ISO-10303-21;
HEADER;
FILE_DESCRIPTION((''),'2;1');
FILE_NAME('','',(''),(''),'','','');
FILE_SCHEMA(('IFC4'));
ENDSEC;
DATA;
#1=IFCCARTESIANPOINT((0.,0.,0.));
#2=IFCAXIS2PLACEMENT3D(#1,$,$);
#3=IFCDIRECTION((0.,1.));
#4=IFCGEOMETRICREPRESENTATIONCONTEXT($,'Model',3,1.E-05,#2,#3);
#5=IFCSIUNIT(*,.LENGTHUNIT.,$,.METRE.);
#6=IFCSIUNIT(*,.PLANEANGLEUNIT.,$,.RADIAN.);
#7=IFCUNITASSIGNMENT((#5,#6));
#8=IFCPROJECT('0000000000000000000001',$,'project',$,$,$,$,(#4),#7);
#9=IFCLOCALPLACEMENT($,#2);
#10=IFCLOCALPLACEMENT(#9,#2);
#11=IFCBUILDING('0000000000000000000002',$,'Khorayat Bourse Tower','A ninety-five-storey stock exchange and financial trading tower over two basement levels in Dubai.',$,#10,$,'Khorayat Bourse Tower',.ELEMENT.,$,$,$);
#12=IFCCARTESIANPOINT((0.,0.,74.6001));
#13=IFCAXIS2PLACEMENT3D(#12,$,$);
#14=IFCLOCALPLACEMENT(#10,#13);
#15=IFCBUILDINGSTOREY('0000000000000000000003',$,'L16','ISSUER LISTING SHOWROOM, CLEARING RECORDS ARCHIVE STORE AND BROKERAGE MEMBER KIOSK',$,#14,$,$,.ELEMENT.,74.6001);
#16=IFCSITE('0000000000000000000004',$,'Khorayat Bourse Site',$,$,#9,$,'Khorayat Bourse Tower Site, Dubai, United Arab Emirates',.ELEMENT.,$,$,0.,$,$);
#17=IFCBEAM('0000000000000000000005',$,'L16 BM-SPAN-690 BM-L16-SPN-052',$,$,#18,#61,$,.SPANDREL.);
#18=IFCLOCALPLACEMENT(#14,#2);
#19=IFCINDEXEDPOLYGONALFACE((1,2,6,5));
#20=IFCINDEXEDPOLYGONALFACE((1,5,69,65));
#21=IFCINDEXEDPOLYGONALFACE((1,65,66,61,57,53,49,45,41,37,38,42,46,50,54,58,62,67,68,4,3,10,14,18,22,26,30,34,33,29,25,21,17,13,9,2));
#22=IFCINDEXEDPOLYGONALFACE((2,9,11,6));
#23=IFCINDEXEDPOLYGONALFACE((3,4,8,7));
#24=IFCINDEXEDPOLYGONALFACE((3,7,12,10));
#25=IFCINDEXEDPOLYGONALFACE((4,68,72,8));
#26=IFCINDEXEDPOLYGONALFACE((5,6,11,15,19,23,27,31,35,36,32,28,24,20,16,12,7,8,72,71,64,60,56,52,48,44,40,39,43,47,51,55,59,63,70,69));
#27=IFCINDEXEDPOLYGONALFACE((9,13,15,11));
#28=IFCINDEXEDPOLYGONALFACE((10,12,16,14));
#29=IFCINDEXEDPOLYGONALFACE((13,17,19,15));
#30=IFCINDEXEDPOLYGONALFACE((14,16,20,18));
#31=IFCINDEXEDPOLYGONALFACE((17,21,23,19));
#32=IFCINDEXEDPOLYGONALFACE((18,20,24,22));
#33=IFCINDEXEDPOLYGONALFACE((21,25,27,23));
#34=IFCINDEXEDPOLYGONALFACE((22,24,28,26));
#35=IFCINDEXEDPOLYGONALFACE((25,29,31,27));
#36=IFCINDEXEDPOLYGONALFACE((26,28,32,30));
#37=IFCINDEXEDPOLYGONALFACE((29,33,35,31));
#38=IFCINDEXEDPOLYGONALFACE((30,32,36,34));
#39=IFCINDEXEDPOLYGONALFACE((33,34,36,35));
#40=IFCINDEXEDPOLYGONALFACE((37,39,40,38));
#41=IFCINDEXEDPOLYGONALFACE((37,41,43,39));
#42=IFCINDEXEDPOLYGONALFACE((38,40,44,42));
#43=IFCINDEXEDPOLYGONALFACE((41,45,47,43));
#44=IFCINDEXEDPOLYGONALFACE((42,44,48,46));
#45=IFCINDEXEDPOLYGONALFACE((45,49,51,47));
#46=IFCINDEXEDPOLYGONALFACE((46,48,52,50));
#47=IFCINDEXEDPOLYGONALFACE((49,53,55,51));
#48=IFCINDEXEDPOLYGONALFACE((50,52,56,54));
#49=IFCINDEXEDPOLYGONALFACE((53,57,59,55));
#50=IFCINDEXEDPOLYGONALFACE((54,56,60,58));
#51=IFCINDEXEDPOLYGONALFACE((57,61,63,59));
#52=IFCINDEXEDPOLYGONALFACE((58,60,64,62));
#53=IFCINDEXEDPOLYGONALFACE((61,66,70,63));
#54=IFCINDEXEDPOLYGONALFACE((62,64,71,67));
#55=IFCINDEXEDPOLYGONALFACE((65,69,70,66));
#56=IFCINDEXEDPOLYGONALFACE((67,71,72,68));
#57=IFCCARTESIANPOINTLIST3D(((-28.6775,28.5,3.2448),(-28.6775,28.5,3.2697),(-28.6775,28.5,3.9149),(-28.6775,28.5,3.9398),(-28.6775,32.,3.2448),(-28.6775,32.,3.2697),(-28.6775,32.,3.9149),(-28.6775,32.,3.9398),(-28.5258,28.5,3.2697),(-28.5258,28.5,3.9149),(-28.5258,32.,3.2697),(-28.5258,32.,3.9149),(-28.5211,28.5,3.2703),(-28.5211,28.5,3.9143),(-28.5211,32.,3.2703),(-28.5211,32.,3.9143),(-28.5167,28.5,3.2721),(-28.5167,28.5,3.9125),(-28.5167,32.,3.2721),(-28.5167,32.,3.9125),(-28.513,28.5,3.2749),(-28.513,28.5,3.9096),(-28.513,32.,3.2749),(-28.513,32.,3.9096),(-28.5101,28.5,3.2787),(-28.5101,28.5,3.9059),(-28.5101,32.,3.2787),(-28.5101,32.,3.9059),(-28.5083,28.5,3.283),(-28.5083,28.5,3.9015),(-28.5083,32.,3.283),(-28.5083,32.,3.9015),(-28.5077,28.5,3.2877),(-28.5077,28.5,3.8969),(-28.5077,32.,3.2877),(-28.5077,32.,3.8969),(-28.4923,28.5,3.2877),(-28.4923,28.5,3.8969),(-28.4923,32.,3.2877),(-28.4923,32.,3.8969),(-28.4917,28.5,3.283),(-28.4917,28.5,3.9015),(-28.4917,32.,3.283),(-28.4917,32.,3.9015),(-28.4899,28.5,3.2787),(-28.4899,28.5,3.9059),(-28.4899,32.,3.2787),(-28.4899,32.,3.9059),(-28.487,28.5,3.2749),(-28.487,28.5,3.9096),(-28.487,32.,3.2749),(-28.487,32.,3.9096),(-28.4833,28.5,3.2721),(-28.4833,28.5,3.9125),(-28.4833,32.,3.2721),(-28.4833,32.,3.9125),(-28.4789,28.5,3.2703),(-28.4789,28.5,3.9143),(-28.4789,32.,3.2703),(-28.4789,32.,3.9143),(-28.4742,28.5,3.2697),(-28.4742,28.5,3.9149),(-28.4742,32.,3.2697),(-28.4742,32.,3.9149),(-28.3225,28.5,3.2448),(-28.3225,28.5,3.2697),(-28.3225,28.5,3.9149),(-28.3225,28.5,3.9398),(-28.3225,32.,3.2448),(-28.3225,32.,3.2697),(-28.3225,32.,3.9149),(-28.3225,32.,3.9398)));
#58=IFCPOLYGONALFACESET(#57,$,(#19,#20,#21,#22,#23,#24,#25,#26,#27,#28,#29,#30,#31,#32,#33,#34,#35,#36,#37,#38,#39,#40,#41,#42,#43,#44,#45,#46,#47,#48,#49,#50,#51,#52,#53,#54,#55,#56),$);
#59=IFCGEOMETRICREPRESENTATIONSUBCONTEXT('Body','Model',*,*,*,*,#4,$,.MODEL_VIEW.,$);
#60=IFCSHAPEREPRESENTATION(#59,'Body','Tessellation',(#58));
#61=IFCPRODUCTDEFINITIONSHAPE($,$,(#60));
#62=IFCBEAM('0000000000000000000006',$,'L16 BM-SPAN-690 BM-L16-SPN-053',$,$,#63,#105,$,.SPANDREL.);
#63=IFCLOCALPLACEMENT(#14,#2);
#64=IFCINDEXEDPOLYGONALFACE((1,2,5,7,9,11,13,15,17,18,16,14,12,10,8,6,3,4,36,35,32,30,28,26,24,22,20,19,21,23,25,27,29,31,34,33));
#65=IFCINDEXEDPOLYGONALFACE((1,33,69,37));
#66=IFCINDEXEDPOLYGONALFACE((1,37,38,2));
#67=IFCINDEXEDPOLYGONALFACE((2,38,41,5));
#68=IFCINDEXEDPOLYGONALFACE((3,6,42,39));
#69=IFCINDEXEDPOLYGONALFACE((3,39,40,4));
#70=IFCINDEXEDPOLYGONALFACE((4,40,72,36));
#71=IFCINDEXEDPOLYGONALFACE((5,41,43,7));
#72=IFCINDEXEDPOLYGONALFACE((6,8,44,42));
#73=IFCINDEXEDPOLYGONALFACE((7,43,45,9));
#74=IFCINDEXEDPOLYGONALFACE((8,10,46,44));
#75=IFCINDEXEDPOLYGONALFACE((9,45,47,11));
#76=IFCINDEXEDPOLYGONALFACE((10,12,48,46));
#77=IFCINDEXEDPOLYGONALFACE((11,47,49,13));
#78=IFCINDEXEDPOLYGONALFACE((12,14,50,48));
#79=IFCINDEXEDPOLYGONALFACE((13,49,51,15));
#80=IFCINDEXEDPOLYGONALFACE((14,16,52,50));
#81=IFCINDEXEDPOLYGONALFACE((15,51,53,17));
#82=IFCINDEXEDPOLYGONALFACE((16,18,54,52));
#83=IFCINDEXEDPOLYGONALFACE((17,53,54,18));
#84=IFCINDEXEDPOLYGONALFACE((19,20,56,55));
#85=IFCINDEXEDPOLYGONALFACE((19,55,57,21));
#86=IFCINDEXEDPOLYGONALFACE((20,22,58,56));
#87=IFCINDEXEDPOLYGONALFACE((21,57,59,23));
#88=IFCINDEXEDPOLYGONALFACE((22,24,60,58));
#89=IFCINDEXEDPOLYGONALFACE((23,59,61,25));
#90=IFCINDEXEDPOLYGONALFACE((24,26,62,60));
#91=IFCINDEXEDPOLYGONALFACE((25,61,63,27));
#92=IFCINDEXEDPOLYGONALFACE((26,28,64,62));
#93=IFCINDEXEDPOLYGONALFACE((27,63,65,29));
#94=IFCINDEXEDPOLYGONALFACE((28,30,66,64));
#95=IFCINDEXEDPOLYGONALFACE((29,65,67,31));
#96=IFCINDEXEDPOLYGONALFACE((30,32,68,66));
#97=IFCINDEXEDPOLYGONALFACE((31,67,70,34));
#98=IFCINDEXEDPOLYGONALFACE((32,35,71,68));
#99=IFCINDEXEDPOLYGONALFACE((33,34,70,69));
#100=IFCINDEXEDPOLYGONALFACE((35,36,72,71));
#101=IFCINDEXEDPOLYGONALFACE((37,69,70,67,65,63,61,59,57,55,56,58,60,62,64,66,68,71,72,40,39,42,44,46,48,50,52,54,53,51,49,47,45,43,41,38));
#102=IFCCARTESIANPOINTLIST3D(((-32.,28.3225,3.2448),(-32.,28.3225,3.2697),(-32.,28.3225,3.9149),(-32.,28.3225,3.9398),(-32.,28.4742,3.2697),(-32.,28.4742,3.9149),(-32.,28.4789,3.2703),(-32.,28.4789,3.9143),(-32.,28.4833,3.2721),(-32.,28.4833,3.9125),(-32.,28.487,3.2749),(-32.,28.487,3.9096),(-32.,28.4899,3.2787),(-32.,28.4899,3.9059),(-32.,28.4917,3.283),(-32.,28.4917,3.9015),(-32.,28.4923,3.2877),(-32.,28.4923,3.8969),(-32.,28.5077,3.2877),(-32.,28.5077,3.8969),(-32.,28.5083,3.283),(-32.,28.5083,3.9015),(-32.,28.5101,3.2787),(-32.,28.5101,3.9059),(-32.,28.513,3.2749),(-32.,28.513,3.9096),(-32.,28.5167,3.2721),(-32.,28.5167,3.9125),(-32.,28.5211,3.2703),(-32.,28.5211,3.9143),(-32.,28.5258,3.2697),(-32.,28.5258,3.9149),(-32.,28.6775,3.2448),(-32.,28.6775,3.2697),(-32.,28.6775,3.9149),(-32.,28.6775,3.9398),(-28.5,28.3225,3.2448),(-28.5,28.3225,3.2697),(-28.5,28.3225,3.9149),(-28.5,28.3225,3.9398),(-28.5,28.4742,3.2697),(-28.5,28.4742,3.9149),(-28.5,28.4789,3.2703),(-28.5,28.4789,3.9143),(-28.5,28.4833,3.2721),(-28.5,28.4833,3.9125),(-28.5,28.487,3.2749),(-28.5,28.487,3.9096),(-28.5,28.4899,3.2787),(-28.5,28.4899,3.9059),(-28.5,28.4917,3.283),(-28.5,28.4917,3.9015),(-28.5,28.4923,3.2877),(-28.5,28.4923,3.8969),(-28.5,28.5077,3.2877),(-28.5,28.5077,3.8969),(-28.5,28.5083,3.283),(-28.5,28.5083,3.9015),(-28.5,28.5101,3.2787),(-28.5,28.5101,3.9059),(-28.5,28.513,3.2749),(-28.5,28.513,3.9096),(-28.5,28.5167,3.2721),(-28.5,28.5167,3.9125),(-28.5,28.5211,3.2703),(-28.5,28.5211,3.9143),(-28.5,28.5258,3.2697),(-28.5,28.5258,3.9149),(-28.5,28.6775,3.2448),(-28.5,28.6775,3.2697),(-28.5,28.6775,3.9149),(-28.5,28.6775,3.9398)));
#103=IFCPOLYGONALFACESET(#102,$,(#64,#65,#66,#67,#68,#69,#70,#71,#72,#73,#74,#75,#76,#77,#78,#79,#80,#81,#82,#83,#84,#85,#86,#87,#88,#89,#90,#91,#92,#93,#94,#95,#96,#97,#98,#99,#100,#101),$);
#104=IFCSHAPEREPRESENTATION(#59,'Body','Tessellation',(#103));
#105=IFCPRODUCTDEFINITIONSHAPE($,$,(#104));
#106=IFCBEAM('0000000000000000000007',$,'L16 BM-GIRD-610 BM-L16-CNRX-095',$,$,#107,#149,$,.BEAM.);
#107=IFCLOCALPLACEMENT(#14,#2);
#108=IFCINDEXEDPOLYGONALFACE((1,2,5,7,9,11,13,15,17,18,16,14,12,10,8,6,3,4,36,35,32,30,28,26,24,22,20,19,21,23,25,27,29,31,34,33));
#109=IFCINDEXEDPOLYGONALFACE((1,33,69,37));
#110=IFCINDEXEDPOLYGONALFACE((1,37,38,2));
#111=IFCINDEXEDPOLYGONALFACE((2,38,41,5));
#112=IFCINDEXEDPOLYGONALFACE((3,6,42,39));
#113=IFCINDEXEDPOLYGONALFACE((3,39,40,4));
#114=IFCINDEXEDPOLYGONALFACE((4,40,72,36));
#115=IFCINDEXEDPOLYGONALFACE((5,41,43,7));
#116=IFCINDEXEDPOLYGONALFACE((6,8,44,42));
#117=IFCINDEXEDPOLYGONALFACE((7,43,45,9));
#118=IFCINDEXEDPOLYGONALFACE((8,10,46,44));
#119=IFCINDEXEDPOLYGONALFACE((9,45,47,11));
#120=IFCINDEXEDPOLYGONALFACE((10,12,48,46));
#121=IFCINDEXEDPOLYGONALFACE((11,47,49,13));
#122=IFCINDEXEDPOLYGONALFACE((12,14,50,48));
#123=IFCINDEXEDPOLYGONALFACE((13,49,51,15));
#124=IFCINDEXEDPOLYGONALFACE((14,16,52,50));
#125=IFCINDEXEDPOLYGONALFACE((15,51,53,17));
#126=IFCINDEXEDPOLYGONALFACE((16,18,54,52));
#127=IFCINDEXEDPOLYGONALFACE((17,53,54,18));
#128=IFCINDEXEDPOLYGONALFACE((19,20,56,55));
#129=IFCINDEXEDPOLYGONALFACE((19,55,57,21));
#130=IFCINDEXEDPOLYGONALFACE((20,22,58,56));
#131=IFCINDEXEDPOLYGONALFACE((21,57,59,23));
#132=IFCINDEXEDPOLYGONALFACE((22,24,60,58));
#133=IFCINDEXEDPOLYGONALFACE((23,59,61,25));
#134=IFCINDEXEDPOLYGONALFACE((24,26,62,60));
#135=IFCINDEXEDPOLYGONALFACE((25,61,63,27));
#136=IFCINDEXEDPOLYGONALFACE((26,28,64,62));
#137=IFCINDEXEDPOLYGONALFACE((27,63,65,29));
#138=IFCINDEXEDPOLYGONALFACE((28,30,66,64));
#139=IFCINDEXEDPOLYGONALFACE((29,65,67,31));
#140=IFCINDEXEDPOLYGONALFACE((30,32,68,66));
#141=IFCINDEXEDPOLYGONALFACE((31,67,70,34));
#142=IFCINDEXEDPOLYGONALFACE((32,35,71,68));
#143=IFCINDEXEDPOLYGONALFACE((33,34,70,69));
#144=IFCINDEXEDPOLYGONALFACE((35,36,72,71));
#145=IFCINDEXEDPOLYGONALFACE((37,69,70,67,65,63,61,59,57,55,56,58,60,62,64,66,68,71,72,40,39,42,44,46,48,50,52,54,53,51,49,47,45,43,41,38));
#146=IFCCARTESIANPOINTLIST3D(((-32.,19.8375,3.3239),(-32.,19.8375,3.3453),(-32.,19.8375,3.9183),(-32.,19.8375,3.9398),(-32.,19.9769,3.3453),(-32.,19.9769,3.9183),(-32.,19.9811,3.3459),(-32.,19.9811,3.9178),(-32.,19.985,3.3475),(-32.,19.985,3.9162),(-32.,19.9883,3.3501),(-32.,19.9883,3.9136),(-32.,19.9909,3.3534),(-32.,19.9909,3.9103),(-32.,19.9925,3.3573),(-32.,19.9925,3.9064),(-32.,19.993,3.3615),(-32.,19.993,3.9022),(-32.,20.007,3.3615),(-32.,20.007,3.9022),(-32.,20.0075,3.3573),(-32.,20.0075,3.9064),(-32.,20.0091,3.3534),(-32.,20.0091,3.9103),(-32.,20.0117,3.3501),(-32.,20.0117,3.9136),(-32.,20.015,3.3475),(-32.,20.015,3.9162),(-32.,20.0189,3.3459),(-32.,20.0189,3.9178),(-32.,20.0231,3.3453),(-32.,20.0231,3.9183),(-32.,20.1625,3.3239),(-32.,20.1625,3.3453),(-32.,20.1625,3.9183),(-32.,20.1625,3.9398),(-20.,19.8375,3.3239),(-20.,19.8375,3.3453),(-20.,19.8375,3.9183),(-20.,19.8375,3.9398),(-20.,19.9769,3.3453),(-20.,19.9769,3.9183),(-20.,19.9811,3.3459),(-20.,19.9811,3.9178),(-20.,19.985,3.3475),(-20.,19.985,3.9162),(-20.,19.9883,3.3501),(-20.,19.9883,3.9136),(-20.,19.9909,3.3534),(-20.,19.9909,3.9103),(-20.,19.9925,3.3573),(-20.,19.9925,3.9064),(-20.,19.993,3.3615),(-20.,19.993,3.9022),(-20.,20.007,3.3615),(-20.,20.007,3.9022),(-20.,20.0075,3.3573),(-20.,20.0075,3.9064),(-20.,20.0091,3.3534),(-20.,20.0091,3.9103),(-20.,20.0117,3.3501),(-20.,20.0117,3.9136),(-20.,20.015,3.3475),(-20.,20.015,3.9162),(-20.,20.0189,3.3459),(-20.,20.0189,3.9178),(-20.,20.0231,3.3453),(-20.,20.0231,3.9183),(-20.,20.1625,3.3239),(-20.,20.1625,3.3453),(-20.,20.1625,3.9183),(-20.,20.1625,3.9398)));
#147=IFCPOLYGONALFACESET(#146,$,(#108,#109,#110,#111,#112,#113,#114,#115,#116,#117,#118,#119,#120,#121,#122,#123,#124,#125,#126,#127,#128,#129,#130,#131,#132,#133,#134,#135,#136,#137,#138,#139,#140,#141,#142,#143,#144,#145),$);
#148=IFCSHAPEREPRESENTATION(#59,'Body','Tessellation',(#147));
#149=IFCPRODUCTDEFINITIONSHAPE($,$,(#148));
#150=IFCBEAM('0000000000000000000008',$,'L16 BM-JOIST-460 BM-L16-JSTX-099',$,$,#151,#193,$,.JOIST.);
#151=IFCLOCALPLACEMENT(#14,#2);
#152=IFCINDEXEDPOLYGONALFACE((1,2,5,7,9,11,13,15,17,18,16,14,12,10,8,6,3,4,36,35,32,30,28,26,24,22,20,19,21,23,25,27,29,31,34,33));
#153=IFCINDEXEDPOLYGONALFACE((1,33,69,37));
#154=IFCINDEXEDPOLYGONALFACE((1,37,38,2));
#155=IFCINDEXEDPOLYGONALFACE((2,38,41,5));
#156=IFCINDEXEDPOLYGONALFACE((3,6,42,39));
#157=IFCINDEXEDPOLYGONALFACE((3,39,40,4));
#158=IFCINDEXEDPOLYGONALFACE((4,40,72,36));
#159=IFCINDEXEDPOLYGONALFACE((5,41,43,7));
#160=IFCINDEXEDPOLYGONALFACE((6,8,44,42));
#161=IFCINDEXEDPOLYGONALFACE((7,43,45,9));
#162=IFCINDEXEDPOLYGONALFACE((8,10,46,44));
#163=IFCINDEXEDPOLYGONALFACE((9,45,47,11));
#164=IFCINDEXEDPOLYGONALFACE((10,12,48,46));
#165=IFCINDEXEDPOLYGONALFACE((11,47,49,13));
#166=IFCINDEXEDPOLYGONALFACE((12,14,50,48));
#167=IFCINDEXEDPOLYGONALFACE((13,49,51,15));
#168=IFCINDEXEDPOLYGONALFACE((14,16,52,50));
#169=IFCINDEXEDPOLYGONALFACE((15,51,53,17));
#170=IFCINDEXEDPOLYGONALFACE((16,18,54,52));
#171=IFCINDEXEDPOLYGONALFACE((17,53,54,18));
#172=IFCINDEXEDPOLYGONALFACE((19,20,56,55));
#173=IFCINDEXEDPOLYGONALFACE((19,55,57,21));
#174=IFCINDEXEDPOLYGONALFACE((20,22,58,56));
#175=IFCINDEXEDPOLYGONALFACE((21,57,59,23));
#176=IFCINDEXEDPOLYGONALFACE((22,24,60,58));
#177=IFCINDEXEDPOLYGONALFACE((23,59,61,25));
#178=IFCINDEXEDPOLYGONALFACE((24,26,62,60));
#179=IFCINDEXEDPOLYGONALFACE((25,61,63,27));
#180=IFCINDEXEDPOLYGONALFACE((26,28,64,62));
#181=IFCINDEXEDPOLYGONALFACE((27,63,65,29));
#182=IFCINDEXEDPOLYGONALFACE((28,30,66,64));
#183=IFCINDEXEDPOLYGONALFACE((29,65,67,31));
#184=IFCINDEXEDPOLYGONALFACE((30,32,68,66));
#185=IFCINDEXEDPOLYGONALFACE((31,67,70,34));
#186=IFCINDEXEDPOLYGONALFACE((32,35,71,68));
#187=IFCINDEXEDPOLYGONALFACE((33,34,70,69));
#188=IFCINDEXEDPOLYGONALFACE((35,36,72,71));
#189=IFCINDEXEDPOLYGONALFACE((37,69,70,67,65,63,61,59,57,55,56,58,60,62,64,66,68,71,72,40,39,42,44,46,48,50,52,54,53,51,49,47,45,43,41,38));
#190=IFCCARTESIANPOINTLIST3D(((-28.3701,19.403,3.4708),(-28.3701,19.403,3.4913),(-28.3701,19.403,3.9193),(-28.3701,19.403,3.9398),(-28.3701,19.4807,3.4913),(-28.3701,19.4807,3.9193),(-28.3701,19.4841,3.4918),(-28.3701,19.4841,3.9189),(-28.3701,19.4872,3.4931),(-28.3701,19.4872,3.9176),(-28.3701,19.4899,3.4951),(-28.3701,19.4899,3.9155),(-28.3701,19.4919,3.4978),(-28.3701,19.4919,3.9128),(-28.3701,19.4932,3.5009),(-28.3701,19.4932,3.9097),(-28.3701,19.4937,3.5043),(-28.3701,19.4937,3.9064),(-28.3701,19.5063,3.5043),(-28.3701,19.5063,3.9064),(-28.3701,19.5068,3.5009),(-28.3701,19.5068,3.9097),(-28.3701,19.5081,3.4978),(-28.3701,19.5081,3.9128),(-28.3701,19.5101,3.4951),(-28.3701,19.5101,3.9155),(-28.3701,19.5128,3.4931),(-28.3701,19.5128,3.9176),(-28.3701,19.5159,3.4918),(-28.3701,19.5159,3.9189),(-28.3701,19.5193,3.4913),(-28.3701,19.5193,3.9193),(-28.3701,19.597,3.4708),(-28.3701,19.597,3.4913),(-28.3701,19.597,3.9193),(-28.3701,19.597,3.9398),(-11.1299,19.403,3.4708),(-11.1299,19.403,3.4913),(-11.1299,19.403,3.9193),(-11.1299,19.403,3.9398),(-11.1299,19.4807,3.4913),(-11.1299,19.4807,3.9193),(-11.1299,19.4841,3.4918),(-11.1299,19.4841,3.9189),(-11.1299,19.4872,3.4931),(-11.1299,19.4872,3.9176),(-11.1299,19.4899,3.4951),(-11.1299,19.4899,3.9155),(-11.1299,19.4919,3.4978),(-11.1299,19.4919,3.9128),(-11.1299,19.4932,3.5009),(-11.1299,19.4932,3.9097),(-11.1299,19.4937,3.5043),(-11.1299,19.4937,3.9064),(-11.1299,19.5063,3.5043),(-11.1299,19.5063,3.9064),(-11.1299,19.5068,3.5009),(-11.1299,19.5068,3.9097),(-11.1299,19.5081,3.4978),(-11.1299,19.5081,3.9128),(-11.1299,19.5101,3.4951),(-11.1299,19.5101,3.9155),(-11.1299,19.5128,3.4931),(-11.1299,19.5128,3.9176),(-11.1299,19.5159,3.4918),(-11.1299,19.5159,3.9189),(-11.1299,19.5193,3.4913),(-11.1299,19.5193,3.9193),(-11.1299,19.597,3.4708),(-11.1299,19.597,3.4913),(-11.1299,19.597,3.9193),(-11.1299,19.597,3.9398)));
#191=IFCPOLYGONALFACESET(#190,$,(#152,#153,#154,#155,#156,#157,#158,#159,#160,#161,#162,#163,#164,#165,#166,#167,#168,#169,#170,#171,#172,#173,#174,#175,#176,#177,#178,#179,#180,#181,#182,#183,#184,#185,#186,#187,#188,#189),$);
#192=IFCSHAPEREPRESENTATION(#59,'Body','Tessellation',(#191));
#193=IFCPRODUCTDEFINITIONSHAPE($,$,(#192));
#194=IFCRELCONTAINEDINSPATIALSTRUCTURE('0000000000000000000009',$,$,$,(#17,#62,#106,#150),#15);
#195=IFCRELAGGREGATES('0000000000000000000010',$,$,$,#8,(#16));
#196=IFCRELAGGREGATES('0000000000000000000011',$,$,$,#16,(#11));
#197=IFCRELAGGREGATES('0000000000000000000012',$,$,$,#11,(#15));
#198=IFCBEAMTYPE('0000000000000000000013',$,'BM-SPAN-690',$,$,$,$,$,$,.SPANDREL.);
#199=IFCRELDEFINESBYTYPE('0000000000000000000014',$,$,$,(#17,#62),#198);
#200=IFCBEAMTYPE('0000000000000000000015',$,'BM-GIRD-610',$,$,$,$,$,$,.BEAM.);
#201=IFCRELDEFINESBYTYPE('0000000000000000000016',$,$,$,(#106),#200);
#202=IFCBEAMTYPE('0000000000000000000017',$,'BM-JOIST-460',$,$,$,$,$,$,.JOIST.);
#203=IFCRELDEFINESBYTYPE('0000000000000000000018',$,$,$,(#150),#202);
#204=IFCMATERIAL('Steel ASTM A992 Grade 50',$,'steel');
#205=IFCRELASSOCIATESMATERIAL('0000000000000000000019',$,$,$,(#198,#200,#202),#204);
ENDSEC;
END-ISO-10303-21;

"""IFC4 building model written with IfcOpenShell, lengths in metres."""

from ifc_helpers import new_model, si_unit, direction, frame, origin, origin_2d, place, context, subcontext, project, spatial, i_section, extrude, source, transform, mapped, material, material_profile, profile_set, type_object, element, save


model = new_model("IFC4")

# Units and contexts
model_context = context("Model", 3, precision=1e-05, world=origin(), true_north=direction((0.0, 1.0)))
body_context = subcontext(model_context, "Body", "Model", "MODEL_VIEW")
ifc_project = project(units=[si_unit("LENGTHUNIT", "METRE"), si_unit("PLANEANGLEUNIT", "RADIAN")], contexts=[model_context])

# Site, building, storey
site_placement = place(None, origin())
site = spatial("IfcSite", under=ifc_project, at=site_placement, Name="Khorayat Bourse Site", LongName="Khorayat Bourse Tower Site, Dubai, United Arab Emirates", CompositionType="ELEMENT", RefElevation=0.0)
building_placement = place(site_placement, origin())
building = spatial("IfcBuilding", under=site, at=building_placement, Name="Khorayat Bourse Tower", Description="A ninety-five-storey stock exchange and financial trading tower over two basement levels in Dubai.", LongName="Khorayat Bourse Tower", CompositionType="ELEMENT")
storey_placement = place(building_placement, frame((0.0, 0.0, 74.6001)))
storey = spatial("IfcBuildingStorey", under=building, at=storey_placement, Name="L16", Description="ISSUER LISTING SHOWROOM, CLEARING RECORDS ARCHIVE STORE AND BROKERAGE MEMBER KIOSK", CompositionType="ELEMENT", Elevation=74.6001)

# Beams
ifc_material_1 = material(Name="Steel ASTM A992 Grade 50", Category="steel")
ifc_material_profile_1 = material_profile(ifc_material_1, i_section(OverallWidth=0.355, OverallDepth=0.6951, WebThickness=0.0154, FlangeThickness=0.0249, FilletRadius=0.0181, at=origin_2d()), Name="W690X217")
ifc_profile_set_1 = profile_set([ifc_material_profile_1], Name="Steel ASTM A992 Grade 50")
beam_type_1 = type_object("IfcBeamType", Name="BM-SPAN-690", PredefinedType="SPANDREL", material=ifc_profile_set_1)
shared_shape_1 = source(origin(), body_context, "Body", "SweptSolid", [
    extrude(i_section(OverallWidth=0.355, OverallDepth=0.6951, WebThickness=0.0154, FlangeThickness=0.0249, FilletRadius=0.0181, at=origin_2d()), origin(), (0.0, 0.0, 1.0), 3.5),
])
for number, where, z_axis, x_axis, name in (
    (1, (-28.5, 28.5, 3.5923), (0.0, 1.0, 0.0), (-1.0, 0.0, 0.0), "L16 BM-SPAN-690 BM-L16-SPN-052"),
    (2, (-32.0, 28.5, 3.5923), (1.0, 0.0, 0.0), (0.0, 1.0, 0.0), "L16 BM-SPAN-690 BM-L16-SPN-053"),
):
    element("IfcBeam", number, at=place(storey_placement, frame(where, z_axis=z_axis, x_axis=x_axis)), inside=storey, type_object=beam_type_1, Name=name, PredefinedType="SPANDREL", context=body_context, shape_type="MappedRepresentation", body=[
        mapped(shared_shape_1, transform((0.0, 0.0, 0.0), scale=1.0)),
    ])
ifc_material_profile_2 = material_profile(ifc_material_1, i_section(OverallWidth=0.325, OverallDepth=0.616, WebThickness=0.0139, FlangeThickness=0.0215, FilletRadius=0.0161, at=origin_2d()), Name="W610X174")
ifc_profile_set_2 = profile_set([ifc_material_profile_2], Name="Steel ASTM A992 Grade 50")
beam_type_2 = type_object("IfcBeamType", Name="BM-GIRD-610", PredefinedType="BEAM", material=ifc_profile_set_2)
shared_shape_2 = source(origin(), body_context, "Body", "SweptSolid", [
    extrude(i_section(OverallWidth=0.325, OverallDepth=0.616, WebThickness=0.0139, FlangeThickness=0.0215, FilletRadius=0.0161, at=origin_2d()), origin(), (0.0, 0.0, 1.0), 12.0),
])
beam_1_placement = place(storey_placement, frame((-32.0, 20.0, 3.6318), z_axis=(1.0, 0.0, 0.0), x_axis=(0.0, 1.0, 0.0)))
element("IfcBeam", 3, at=beam_1_placement, inside=storey, type_object=beam_type_2, Name="L16 BM-GIRD-610 BM-L16-CNRX-095", PredefinedType="BEAM", context=body_context, shape_type="MappedRepresentation", body=[
    mapped(shared_shape_2, transform((0.0, 0.0, 0.0), scale=1.0)),
])
ifc_material_profile_3 = material_profile(ifc_material_1, i_section(OverallWidth=0.1941, OverallDepth=0.469, WebThickness=0.0127, FlangeThickness=0.0205, FilletRadius=0.0129, at=origin_2d()), Name="W460X106")
ifc_profile_set_3 = profile_set([ifc_material_profile_3], Name="Steel ASTM A992 Grade 50")
beam_type_3 = type_object("IfcBeamType", Name="BM-JOIST-460", PredefinedType="JOIST", material=ifc_profile_set_3)
shared_shape_3 = source(origin(), body_context, "Body", "SweptSolid", [
    extrude(i_section(OverallWidth=0.1941, OverallDepth=0.469, WebThickness=0.0127, FlangeThickness=0.0205, FilletRadius=0.0129, at=origin_2d()), origin(), (0.0, 0.0, 1.0), 17.2402),
])
beam_2_placement = place(storey_placement, frame((-28.3701, 19.5, 3.7053), z_axis=(1.0, 0.0, 0.0), x_axis=(0.0, 1.0, 0.0)))
element("IfcBeam", 4, at=beam_2_placement, inside=storey, type_object=beam_type_3, Name="L16 BM-JOIST-460 BM-L16-JSTX-099", PredefinedType="JOIST", context=body_context, shape_type="MappedRepresentation", body=[
    mapped(shared_shape_3, transform((0.0, 0.0, 0.0), scale=1.0)),
])

save(model, "model.ifc")
